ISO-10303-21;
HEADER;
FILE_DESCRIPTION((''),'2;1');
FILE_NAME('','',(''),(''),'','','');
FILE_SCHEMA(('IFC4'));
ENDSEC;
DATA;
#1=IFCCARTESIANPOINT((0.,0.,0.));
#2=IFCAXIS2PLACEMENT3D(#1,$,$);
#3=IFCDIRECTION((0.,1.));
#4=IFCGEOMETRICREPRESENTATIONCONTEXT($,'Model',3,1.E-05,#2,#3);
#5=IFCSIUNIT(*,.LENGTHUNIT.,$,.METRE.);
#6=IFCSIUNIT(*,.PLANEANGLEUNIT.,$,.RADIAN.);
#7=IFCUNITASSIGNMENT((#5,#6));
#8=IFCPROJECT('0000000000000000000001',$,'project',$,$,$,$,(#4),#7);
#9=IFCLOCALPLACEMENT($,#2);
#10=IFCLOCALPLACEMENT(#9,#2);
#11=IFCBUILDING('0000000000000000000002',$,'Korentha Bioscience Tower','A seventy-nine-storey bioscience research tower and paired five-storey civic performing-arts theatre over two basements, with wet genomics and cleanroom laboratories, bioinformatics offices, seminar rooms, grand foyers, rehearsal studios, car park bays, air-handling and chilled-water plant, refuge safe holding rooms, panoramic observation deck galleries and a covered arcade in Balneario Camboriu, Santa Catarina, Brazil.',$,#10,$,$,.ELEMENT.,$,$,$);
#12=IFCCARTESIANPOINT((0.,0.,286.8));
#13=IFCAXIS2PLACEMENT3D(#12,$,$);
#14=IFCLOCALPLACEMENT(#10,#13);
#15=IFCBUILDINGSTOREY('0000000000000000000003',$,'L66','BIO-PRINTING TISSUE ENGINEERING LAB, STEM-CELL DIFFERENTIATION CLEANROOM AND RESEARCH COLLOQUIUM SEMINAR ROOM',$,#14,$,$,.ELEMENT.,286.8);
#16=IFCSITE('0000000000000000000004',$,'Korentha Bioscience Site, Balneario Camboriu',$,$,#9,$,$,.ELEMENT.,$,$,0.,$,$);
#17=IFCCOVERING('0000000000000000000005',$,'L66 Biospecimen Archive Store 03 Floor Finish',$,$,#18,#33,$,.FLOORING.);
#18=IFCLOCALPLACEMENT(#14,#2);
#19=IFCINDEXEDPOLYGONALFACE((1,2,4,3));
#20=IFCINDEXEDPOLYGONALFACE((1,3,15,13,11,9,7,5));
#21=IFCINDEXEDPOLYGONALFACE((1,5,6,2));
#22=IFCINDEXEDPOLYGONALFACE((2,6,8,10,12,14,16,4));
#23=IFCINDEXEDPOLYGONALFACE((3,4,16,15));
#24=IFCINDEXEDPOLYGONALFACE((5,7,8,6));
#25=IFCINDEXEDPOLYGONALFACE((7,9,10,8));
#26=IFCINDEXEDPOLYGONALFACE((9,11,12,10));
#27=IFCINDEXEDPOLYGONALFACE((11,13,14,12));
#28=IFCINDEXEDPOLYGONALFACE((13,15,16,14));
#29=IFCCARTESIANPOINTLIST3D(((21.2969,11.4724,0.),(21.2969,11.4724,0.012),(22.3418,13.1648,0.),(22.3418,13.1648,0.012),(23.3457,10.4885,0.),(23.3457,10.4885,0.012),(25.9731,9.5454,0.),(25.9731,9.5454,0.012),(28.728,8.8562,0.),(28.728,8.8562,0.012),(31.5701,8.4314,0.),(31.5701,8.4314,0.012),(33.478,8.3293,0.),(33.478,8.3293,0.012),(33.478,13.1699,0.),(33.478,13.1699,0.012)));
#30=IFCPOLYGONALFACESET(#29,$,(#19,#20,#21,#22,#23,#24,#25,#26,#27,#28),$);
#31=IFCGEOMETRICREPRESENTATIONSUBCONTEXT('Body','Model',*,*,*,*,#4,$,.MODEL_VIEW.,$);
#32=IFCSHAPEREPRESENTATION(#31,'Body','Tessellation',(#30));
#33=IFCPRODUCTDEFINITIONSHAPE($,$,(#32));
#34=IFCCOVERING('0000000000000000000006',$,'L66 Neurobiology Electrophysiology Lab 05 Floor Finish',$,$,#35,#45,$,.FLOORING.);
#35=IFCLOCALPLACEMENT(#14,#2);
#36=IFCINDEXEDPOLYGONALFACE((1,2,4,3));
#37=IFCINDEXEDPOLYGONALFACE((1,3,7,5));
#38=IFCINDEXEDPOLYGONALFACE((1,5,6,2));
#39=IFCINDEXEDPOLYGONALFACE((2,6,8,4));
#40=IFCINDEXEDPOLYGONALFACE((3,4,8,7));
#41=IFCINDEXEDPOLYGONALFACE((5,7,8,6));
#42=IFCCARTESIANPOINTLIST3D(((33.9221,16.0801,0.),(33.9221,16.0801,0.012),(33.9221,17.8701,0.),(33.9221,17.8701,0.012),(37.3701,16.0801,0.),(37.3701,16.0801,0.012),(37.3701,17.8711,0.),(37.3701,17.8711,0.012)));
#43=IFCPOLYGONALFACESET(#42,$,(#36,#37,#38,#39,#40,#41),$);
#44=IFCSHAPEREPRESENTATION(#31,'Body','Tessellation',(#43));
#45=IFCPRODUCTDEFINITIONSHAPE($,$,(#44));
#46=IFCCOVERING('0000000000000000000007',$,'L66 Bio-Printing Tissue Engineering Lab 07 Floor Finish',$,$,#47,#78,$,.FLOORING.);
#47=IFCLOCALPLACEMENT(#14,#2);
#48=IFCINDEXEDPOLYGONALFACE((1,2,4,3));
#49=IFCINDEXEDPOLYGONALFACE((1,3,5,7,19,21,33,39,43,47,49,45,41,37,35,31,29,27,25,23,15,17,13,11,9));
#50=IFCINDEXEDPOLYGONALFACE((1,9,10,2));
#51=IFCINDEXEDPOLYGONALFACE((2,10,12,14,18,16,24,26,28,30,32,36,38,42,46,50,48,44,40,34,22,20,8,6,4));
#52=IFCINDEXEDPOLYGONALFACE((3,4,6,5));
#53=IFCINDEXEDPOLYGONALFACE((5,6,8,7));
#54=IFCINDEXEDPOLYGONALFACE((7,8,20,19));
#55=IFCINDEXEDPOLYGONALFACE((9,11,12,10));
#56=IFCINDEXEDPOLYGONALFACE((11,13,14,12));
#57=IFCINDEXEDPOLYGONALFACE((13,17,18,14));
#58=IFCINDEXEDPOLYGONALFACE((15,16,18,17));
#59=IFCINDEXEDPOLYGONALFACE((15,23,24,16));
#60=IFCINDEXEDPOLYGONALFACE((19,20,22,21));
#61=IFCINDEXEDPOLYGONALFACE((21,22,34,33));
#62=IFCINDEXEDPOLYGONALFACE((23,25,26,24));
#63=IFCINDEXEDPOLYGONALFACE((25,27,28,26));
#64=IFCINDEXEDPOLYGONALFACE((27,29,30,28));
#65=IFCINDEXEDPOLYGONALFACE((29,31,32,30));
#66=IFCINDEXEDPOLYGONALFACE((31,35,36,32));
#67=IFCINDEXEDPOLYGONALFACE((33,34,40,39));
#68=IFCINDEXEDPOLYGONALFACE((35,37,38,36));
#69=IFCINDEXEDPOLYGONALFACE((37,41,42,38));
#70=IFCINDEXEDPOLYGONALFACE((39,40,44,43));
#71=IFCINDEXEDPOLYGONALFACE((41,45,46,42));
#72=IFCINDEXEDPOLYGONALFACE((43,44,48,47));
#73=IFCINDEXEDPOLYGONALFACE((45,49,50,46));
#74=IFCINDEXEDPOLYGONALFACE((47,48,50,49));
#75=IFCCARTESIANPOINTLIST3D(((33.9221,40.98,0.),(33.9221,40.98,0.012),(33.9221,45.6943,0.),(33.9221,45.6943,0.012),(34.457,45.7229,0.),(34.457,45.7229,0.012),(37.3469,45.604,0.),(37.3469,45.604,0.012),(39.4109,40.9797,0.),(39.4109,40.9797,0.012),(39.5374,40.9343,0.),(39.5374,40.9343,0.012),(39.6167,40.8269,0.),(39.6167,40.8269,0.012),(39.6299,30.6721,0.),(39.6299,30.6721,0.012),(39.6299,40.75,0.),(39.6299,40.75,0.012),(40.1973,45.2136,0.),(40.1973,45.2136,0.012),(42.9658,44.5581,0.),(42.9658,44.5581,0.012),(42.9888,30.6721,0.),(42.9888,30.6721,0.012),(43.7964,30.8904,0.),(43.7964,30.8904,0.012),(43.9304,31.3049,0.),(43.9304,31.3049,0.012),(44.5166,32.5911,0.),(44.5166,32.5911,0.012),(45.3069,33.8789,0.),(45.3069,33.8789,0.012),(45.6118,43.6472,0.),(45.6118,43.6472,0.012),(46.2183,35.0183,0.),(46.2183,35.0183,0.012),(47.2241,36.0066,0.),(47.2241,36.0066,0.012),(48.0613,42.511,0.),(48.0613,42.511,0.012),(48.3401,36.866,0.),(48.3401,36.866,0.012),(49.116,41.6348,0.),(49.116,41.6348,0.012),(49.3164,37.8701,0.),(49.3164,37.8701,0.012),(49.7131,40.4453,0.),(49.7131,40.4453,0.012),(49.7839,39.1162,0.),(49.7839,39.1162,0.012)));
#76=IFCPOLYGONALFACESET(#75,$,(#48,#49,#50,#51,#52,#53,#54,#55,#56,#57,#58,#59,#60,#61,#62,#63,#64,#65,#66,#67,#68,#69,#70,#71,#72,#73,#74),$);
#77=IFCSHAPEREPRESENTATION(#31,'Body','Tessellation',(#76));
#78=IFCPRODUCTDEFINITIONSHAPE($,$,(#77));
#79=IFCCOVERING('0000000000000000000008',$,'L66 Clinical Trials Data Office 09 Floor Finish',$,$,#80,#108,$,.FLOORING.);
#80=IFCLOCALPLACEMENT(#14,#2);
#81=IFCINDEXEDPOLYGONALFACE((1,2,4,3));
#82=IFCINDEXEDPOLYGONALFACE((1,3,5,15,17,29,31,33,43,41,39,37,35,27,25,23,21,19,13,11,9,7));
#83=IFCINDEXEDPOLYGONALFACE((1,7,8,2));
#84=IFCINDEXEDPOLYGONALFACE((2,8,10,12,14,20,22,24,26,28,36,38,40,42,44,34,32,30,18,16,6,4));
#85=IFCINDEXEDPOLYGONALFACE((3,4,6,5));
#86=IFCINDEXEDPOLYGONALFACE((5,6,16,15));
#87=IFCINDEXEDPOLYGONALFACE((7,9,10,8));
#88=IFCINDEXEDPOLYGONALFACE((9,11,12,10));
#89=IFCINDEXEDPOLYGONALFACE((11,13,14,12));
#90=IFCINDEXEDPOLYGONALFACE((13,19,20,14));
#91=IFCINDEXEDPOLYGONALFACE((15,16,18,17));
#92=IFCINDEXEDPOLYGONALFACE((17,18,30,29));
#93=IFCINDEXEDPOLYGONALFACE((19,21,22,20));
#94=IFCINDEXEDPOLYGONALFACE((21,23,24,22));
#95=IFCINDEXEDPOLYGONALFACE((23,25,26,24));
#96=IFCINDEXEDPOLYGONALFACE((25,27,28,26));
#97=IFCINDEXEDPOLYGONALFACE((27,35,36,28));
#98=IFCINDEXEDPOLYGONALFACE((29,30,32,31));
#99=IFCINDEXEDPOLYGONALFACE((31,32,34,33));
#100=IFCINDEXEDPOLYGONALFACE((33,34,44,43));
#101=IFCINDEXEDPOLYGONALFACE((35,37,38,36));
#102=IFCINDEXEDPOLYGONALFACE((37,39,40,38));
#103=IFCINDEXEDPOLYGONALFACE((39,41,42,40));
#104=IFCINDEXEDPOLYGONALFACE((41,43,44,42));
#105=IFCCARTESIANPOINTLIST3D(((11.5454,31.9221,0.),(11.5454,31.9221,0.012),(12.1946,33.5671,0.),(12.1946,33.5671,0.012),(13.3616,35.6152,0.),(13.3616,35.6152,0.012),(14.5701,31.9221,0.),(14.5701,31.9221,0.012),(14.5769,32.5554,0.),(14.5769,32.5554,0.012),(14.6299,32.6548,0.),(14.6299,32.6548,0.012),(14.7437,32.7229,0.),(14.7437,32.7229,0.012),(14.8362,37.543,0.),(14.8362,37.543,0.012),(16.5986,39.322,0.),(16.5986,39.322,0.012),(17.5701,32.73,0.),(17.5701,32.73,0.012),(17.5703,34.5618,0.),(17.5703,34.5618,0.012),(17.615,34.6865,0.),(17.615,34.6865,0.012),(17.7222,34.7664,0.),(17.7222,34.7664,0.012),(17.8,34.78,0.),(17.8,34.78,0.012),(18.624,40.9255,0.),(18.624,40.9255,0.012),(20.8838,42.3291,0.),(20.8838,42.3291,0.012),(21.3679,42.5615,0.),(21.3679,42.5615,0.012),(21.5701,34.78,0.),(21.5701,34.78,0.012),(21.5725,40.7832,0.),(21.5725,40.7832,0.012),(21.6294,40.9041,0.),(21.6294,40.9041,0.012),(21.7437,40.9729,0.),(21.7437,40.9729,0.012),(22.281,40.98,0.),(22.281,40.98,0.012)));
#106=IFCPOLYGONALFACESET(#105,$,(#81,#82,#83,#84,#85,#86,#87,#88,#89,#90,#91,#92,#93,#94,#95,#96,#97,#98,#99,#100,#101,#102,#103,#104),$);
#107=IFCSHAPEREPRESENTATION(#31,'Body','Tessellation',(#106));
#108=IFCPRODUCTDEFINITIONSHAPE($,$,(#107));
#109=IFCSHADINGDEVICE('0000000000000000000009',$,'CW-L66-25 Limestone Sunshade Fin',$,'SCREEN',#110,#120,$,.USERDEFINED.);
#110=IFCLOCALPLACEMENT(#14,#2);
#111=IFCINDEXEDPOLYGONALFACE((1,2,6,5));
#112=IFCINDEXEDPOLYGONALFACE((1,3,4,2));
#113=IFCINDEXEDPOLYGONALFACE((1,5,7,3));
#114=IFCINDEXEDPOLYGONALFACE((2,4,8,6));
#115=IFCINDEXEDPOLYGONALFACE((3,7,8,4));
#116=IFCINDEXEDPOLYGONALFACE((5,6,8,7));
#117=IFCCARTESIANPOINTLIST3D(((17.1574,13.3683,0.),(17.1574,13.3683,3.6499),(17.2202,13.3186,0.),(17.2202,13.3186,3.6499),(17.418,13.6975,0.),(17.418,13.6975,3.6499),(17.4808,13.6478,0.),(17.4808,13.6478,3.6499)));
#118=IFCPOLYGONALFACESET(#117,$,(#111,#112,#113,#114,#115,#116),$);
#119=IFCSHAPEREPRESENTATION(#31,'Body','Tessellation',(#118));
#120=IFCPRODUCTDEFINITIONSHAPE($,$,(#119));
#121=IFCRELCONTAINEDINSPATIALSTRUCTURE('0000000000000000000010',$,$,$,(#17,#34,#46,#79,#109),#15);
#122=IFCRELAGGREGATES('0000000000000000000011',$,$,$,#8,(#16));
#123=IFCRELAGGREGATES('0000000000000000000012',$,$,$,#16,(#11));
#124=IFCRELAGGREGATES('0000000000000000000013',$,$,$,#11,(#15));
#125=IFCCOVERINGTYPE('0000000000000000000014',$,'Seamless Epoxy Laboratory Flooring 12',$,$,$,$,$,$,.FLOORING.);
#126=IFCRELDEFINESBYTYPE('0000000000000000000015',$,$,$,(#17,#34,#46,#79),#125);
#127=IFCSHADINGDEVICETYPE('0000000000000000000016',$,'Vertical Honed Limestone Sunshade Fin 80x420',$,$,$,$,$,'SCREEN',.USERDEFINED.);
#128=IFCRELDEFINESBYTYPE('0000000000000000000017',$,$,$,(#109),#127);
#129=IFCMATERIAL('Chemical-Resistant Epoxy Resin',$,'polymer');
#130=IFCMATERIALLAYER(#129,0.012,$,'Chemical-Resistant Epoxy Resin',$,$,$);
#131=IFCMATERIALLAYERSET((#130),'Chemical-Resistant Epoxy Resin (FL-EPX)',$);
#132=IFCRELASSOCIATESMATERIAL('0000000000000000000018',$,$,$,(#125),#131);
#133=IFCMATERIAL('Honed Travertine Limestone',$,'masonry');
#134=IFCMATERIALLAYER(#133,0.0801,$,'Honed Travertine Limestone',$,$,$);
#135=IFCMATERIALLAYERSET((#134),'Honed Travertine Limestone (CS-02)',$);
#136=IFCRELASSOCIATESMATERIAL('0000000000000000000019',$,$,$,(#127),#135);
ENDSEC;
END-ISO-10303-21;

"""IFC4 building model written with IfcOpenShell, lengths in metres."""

from ifc_helpers import new_model, si_unit, direction, frame, origin, origin_2d, place, context, subcontext, project, spatial, polyline, rectangle, outline, extrude, material, layer, layer_set, type_object, element, save


model = new_model("IFC4")

# Units and contexts
model_context = context("Model", 3, precision=1e-05, world=origin(), true_north=direction((0.0, 1.0)))
body_context = subcontext(model_context, "Body", "Model", "MODEL_VIEW")
ifc_project = project(units=[si_unit("LENGTHUNIT", "METRE"), si_unit("PLANEANGLEUNIT", "RADIAN")], contexts=[model_context])

# Site, building, storey
site_placement = place(None, origin())
site = spatial("IfcSite", under=ifc_project, at=site_placement, Name="Korentha Bioscience Site, Balneario Camboriu", CompositionType="ELEMENT", RefElevation=0.0)
building_placement = place(site_placement, origin())
building = spatial("IfcBuilding", under=site, at=building_placement, Name="Korentha Bioscience Tower", Description="A seventy-nine-storey bioscience research tower and paired five-storey civic performing-arts theatre over two basements, with wet genomics and cleanroom laboratories, bioinformatics offices, seminar rooms, grand foyers, rehearsal studios, car park bays, air-handling and chilled-water plant, refuge safe holding rooms, panoramic observation deck galleries and a covered arcade in Balneario Camboriu, Santa Catarina, Brazil.", CompositionType="ELEMENT")
storey_placement = place(building_placement, frame((0.0, 0.0, 286.8)))
storey = spatial("IfcBuildingStorey", under=building, at=storey_placement, Name="L66", Description="BIO-PRINTING TISSUE ENGINEERING LAB, STEM-CELL DIFFERENTIATION CLEANROOM AND RESEARCH COLLOQUIUM SEMINAR ROOM", CompositionType="ELEMENT", Elevation=286.8)

# Coverings
ifc_material_1 = material(Name="Chemical-Resistant Epoxy Resin", Category="polymer")
ifc_layer_1 = layer(ifc_material_1, 0.012, Name="Chemical-Resistant Epoxy Resin")
ifc_layer_set_1 = layer_set([ifc_layer_1], Name="Chemical-Resistant Epoxy Resin (FL-EPX)")
covering_type_1 = type_object("IfcCoveringType", Name="Seamless Epoxy Laboratory Flooring 12", PredefinedType="FLOORING", material=ifc_layer_set_1)
covering_1_placement = place(storey_placement, origin())
element("IfcCovering", 1, at=covering_1_placement, inside=storey, type_object=covering_type_1, Name="L66 Biospecimen Archive Store 03 Floor Finish", PredefinedType="FLOORING", context=body_context, shape_type="SweptSolid", body=[
    extrude(outline(polyline([(25.9731, 9.5454), (23.3457, 10.4885), (21.2969, 11.4724), (22.3418, 13.1648), (33.478, 13.1699), (33.478, 8.3293), (31.5701, 8.4314), (28.728, 8.8562), (25.9731, 9.5454)])), origin(), (0.0, 0.0, 1.0), 0.012),
])
covering_2_placement = place(storey_placement, origin())
element("IfcCovering", 2, at=covering_2_placement, inside=storey, type_object=covering_type_1, Name="L66 Neurobiology Electrophysiology Lab 05 Floor Finish", PredefinedType="FLOORING", context=body_context, shape_type="SweptSolid", body=[
    extrude(outline(polyline([(37.3701, 16.0801), (33.9221, 16.0801), (33.9221, 17.8701), (37.3701, 17.8711), (37.3701, 16.0801)])), origin(), (0.0, 0.0, 1.0), 0.012),
])
covering_3_placement = place(storey_placement, origin())
element("IfcCovering", 3, at=covering_3_placement, inside=storey, type_object=covering_type_1, Name="L66 Bio-Printing Tissue Engineering Lab 07 Floor Finish", PredefinedType="FLOORING", context=body_context, shape_type="SweptSolid", body=[
    extrude(outline(polyline([(34.457, 45.7229), (37.3469, 45.604), (40.1973, 45.2136), (42.9658, 44.5581), (45.6118, 43.6472), (48.0613, 42.511), (49.116, 41.6348), (49.7131, 40.4453), (49.7839, 39.1162), (49.3164, 37.8701), (48.3401, 36.866), (47.2241, 36.0066), (46.2183, 35.0183), (45.3069, 33.8789), (44.5166, 32.5911), (43.9304, 31.3049), (43.7964, 30.8904), (42.9888, 30.6721), (39.6299, 30.6721), (39.6299, 40.75), (39.6167, 40.8269), (39.5374, 40.9343), (39.4109, 40.9797), (33.9221, 40.98), (33.9221, 45.6943), (34.457, 45.7229)])), origin(), (0.0, 0.0, 1.0), 0.012),
])
covering_4_placement = place(storey_placement, origin())
element("IfcCovering", 4, at=covering_4_placement, inside=storey, type_object=covering_type_1, Name="L66 Clinical Trials Data Office 09 Floor Finish", PredefinedType="FLOORING", context=body_context, shape_type="SweptSolid", body=[
    extrude(outline(polyline([(12.1946, 33.5671), (13.3616, 35.6152), (14.8362, 37.543), (16.5986, 39.322), (18.624, 40.9255), (20.8838, 42.3291), (21.3679, 42.5615), (22.281, 40.98), (21.7437, 40.9729), (21.6294, 40.9041), (21.5725, 40.7832), (21.5701, 34.78), (17.8, 34.78), (17.7222, 34.7664), (17.615, 34.6865), (17.5703, 34.5618), (17.5701, 32.73), (14.7437, 32.7229), (14.6299, 32.6548), (14.5769, 32.5554), (14.5701, 31.9221), (11.5454, 31.9221), (12.1946, 33.5671)])), origin(), (0.0, 0.0, 1.0), 0.012),
])

# Shading device
ifc_material_2 = material(Name="Honed Travertine Limestone", Category="masonry")
ifc_layer_2 = layer(ifc_material_2, 0.0801, Name="Honed Travertine Limestone")
ifc_layer_set_2 = layer_set([ifc_layer_2], Name="Honed Travertine Limestone (CS-02)")
shading_device_type_1 = type_object("IfcShadingDeviceType", Name="Vertical Honed Limestone Sunshade Fin 80x420", ElementType="SCREEN", PredefinedType="USERDEFINED", material=ifc_layer_set_2)
shading_device_1_placement = place(storey_placement, frame((17.3191, 13.5081, 0.0), z_axis=(0.0, 0.0, 1.0), x_axis=(0.784076, -0.620665, 0.0)))
element("IfcShadingDevice", 5, at=shading_device_1_placement, inside=storey, type_object=shading_device_type_1, Name="CW-L66-25 Limestone Sunshade Fin", ObjectType="SCREEN", PredefinedType="USERDEFINED", context=body_context, shape_type="SweptSolid", body=[
    extrude(rectangle(XDim=0.0801, YDim=0.4199, at=origin_2d()), origin(), (0.0, 0.0, 1.0), 3.6499),
])

save(model, "model.ifc")
